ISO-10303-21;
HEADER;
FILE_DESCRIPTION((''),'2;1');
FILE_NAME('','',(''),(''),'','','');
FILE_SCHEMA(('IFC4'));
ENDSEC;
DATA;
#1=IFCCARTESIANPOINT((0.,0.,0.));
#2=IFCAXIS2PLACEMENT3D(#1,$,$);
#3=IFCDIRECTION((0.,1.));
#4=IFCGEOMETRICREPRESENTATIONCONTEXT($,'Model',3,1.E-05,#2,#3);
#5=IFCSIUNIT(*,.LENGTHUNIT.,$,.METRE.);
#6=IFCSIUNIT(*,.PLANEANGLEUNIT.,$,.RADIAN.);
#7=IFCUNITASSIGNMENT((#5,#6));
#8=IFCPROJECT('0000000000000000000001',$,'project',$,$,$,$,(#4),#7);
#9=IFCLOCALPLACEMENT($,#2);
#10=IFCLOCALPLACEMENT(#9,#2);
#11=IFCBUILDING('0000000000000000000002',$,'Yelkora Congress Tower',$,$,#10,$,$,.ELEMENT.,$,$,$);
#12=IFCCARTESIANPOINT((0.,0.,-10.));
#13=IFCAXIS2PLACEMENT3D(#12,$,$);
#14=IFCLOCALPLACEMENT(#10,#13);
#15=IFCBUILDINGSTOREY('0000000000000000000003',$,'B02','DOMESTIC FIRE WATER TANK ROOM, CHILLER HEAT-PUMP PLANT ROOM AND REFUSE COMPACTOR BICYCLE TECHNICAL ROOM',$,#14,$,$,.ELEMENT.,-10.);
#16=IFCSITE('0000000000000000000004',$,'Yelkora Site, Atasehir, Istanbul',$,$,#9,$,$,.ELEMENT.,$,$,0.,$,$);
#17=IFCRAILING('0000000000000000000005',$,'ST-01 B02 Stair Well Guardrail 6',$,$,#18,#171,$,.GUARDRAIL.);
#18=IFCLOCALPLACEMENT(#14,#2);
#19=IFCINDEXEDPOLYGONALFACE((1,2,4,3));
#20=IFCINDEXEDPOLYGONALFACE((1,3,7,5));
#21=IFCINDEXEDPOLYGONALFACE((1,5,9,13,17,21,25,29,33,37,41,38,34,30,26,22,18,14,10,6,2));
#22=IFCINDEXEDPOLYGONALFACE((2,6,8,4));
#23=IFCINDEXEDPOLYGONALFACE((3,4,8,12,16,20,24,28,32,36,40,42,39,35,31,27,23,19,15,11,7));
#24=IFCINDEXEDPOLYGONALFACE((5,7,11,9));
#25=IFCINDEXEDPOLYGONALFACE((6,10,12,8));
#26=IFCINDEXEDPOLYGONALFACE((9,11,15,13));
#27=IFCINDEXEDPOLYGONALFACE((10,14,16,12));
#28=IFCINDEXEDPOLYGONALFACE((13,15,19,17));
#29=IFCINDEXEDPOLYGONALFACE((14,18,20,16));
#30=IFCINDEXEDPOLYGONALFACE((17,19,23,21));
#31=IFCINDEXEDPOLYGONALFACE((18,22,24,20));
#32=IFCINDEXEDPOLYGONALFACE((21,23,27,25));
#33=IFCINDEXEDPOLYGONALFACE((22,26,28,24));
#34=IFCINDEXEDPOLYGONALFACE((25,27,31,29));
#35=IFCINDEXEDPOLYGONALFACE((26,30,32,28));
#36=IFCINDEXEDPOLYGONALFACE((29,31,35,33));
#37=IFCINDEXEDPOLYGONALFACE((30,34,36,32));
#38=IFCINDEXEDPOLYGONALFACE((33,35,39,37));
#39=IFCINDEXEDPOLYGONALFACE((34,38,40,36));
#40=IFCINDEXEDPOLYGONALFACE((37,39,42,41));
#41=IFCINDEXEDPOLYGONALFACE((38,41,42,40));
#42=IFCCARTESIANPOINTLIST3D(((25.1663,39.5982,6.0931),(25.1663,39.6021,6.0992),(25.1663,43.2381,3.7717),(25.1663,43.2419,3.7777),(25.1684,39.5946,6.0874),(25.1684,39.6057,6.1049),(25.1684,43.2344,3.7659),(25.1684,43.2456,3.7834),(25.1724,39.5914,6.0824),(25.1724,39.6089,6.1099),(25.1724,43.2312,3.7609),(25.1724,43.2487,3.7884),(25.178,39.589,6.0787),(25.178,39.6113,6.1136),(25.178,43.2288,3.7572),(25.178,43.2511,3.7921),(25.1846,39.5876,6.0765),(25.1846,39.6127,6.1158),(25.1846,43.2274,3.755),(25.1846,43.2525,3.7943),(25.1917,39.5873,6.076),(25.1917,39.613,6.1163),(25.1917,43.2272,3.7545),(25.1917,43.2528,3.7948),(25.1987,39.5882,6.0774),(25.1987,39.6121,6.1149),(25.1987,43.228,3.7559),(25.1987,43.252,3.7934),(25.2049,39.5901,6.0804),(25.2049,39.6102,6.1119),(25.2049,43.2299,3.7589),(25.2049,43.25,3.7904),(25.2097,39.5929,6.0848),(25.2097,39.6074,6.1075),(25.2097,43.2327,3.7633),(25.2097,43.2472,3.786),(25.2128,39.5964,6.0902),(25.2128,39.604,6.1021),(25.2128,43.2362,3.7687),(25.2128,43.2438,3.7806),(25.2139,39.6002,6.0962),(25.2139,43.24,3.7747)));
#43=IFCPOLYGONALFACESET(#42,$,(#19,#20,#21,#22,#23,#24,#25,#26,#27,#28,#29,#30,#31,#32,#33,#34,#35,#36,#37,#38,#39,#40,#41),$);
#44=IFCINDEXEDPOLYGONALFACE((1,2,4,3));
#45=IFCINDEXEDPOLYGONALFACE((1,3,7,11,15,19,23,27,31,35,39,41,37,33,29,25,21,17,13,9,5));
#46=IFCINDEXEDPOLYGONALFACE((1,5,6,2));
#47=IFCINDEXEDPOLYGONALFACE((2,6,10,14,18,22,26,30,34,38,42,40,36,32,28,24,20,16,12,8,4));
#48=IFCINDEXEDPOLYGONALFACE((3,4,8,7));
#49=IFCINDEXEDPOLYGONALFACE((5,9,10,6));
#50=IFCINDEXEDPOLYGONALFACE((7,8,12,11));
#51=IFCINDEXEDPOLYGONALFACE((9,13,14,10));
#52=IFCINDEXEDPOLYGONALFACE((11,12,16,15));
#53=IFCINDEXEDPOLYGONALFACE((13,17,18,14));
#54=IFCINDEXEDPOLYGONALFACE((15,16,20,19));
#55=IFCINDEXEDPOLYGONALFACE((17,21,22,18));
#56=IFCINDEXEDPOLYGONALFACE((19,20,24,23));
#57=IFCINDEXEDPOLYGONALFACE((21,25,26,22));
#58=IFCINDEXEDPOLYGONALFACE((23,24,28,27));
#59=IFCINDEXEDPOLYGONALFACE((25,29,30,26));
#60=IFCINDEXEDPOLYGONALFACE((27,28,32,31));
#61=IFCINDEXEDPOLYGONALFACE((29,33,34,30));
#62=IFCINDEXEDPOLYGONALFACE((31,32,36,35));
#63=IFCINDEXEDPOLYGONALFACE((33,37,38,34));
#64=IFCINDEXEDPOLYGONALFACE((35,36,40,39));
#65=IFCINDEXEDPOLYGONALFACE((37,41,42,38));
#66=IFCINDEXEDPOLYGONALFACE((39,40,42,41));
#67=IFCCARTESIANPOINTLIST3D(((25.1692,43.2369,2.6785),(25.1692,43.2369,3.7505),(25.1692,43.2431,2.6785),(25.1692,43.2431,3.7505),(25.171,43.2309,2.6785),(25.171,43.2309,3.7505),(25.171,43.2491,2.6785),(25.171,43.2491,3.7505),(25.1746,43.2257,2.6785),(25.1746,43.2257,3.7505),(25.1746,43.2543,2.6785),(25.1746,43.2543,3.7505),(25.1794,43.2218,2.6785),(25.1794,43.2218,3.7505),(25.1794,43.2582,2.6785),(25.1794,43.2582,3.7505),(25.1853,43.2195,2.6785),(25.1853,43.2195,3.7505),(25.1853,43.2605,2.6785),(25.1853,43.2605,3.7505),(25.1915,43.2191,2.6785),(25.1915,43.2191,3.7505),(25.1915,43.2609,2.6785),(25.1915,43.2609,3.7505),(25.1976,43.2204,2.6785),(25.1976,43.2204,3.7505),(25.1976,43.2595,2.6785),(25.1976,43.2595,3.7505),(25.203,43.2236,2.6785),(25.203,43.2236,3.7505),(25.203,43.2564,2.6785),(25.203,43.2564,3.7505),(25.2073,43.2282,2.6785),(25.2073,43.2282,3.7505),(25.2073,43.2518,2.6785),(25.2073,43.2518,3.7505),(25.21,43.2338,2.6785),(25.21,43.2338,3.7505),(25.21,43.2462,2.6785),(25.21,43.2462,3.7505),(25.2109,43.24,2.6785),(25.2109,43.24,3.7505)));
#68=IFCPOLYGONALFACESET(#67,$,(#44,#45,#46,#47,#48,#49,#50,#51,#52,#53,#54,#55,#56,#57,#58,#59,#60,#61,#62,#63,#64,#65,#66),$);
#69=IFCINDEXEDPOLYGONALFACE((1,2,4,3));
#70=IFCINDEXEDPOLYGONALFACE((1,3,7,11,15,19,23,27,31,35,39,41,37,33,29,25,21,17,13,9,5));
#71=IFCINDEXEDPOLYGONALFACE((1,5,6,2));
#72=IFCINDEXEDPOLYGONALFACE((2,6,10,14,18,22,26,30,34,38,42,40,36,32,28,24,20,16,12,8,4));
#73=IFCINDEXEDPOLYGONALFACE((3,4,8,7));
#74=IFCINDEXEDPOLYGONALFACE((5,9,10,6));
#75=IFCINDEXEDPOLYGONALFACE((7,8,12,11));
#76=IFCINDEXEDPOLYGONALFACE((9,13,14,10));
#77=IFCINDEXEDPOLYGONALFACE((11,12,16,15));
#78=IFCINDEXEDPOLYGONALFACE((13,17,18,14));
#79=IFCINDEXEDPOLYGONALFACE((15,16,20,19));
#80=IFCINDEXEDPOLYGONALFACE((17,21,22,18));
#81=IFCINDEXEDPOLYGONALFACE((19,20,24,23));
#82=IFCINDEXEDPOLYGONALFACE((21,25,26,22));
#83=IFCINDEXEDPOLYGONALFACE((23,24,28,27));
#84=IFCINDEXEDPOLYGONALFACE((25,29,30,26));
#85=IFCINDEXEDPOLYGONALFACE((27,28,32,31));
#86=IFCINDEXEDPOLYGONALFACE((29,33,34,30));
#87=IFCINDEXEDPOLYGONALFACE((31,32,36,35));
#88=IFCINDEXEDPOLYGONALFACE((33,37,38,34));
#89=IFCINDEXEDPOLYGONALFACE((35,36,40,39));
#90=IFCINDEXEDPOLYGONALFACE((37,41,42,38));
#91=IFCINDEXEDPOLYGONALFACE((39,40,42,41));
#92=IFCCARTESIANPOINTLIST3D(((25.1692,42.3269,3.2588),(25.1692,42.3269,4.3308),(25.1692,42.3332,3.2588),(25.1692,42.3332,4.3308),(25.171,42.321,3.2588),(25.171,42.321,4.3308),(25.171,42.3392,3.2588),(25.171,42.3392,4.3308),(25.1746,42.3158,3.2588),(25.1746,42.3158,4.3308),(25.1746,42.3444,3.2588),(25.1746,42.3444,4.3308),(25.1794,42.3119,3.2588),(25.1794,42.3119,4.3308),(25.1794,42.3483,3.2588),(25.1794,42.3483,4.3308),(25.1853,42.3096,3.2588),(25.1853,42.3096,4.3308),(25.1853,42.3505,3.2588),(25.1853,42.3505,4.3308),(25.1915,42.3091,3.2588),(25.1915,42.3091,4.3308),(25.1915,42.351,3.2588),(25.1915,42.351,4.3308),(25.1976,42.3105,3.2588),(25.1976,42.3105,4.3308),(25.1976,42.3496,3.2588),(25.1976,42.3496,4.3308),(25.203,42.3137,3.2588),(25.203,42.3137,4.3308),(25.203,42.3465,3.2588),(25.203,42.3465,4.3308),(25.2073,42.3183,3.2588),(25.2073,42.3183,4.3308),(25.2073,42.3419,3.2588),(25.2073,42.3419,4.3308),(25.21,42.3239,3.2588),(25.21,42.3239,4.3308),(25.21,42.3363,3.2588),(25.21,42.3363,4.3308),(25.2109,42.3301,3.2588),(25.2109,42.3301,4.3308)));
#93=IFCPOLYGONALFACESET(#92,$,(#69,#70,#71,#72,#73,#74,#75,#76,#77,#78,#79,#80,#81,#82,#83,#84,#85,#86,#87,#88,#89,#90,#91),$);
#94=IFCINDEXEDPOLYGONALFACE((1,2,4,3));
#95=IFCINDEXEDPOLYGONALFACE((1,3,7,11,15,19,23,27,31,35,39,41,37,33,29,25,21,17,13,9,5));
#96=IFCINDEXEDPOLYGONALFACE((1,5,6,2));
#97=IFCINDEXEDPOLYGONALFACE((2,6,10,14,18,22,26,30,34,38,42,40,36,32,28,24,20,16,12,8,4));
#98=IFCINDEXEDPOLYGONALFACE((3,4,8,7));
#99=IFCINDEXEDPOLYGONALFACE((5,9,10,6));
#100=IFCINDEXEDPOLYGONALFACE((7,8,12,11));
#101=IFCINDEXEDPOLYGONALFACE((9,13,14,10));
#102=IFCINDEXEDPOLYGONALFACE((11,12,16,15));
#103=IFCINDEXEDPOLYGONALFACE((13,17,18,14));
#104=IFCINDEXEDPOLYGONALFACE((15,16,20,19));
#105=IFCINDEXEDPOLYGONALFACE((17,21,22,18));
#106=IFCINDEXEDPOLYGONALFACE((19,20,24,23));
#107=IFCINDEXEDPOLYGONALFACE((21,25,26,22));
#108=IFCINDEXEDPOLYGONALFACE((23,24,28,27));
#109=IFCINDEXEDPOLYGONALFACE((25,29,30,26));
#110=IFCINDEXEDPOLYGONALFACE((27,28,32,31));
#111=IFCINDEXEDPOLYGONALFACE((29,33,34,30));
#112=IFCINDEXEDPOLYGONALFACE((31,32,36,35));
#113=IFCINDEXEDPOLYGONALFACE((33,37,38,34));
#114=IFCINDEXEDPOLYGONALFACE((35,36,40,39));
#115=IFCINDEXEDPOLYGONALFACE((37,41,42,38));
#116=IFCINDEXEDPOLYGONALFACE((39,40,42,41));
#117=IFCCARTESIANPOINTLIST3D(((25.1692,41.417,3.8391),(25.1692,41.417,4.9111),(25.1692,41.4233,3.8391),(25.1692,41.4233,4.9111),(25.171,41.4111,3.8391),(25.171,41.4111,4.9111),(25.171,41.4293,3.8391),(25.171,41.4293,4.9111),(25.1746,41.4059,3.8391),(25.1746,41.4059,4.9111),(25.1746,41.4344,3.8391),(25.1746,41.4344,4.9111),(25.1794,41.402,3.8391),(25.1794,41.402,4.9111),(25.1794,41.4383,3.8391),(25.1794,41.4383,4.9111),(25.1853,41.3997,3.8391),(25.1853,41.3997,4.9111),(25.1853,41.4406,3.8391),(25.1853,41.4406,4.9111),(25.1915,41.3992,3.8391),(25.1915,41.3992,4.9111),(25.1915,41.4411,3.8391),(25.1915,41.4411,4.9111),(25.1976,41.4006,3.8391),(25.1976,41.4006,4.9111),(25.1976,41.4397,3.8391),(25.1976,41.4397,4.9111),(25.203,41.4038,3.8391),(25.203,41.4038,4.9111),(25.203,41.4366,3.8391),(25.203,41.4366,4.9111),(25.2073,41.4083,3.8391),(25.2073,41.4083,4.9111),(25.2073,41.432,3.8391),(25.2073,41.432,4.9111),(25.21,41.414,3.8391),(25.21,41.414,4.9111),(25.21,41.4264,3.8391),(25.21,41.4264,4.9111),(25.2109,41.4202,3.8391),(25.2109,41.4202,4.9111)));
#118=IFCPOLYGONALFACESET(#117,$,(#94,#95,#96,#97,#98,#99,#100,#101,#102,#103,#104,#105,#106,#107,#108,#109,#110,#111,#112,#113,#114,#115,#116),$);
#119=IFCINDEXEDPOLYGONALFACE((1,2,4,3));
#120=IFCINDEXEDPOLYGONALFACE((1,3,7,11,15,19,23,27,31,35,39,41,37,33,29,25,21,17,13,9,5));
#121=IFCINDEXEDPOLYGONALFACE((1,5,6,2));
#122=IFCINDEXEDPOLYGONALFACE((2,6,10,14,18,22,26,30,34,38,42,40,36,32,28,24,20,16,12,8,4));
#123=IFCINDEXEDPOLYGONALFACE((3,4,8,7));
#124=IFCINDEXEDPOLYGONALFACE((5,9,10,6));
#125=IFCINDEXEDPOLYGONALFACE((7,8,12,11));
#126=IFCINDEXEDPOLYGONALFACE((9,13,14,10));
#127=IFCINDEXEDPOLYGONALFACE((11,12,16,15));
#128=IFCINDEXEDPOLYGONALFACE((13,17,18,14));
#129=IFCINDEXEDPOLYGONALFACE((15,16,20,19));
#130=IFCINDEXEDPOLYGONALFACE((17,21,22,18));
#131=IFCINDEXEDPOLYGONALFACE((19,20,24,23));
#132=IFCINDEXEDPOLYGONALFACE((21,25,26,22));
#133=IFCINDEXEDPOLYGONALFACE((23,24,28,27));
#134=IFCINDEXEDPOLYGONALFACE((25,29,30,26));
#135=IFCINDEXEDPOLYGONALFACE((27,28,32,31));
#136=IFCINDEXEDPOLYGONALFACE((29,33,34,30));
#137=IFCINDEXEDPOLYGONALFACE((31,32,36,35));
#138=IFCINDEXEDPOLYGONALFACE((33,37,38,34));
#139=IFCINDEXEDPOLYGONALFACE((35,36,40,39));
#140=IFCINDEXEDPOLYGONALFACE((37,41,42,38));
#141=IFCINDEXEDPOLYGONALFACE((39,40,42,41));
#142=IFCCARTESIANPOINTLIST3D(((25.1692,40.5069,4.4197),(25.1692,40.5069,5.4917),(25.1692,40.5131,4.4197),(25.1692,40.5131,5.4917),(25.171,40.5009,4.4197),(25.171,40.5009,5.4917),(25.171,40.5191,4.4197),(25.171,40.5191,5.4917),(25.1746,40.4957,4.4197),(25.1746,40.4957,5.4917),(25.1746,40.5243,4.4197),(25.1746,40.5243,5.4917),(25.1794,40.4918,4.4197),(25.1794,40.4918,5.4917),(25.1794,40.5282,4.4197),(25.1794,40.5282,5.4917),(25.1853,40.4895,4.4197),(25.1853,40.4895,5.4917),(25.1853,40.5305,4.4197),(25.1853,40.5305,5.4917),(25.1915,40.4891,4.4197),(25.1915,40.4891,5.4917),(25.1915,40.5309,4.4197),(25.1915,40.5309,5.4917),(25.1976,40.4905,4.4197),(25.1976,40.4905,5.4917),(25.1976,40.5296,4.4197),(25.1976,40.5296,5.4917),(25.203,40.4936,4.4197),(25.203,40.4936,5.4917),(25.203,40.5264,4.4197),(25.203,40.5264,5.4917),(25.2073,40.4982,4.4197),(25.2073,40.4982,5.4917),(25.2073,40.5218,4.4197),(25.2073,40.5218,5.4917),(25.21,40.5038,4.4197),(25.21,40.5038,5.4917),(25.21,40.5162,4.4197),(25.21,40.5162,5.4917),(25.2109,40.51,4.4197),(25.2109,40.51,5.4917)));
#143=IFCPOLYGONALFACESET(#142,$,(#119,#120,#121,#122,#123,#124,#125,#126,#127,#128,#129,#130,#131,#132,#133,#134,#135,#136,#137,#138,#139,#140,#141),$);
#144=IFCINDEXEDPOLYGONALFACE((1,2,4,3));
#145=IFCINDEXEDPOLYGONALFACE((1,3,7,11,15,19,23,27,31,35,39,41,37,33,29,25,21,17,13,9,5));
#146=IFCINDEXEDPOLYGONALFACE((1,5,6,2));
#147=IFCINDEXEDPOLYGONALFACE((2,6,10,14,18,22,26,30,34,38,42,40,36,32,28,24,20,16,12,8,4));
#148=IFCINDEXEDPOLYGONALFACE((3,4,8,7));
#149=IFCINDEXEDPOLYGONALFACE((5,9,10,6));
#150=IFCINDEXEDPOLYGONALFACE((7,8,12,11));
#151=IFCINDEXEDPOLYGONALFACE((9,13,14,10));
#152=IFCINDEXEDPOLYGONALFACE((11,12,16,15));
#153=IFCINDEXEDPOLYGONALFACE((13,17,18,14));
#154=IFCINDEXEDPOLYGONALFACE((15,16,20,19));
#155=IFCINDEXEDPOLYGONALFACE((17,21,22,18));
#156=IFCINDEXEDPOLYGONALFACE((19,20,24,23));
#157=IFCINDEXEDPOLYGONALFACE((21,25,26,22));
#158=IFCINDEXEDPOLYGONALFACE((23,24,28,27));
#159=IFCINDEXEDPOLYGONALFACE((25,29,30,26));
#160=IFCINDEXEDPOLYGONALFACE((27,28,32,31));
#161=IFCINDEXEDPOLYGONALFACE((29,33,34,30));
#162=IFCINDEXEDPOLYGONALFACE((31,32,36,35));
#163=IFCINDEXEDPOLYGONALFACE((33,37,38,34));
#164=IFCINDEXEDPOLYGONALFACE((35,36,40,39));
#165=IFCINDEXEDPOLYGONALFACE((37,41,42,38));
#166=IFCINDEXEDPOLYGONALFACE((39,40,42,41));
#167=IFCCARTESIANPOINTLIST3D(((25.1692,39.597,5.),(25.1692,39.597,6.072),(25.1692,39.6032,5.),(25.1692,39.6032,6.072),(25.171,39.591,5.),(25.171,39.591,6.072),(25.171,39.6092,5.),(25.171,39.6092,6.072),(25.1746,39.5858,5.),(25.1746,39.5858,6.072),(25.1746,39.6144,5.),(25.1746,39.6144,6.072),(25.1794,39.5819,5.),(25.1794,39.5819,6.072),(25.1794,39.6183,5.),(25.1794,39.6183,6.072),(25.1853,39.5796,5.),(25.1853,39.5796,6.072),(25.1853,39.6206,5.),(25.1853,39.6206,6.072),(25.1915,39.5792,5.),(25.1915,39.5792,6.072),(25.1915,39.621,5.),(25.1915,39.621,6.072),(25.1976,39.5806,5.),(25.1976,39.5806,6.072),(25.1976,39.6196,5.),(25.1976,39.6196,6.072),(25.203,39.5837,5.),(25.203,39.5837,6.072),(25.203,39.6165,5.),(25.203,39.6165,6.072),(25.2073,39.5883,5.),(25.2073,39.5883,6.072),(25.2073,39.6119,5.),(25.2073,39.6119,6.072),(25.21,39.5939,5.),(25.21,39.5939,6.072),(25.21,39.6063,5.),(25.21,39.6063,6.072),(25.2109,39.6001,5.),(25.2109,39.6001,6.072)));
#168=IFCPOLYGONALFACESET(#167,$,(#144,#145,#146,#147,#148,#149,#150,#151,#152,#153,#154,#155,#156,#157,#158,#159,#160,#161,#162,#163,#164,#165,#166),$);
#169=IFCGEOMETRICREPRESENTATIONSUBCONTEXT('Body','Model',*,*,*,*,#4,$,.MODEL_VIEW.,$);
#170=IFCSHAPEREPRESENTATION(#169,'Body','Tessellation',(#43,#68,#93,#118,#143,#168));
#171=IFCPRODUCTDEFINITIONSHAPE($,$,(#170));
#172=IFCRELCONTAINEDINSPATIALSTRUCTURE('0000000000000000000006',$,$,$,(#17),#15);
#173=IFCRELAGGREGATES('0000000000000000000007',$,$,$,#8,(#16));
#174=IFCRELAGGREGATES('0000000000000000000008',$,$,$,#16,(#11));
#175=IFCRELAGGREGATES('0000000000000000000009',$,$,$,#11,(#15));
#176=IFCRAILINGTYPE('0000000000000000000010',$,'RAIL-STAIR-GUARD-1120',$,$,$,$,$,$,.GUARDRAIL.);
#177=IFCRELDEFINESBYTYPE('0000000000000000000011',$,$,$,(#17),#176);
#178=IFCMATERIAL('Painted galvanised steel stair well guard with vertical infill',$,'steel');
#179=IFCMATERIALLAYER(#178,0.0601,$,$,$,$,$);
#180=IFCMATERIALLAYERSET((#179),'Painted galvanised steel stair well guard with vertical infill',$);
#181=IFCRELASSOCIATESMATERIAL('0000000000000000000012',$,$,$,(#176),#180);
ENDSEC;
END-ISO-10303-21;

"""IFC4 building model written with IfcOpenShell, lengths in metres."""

from ifc_helpers import new_model, si_unit, direction, frame, origin, origin_2d, place, context, subcontext, project, spatial, circle, extrude, material, layer, layer_set, type_object, element, save


model = new_model("IFC4")

# Units and contexts
model_context = context("Model", 3, precision=1e-05, world=origin(), true_north=direction((0.0, 1.0)))
body_context = subcontext(model_context, "Body", "Model", "MODEL_VIEW")
ifc_project = project(units=[si_unit("LENGTHUNIT", "METRE"), si_unit("PLANEANGLEUNIT", "RADIAN")], contexts=[model_context])

# Site, building, storey
site_placement = place(None, origin())
site = spatial("IfcSite", under=ifc_project, at=site_placement, Name="Yelkora Site, Atasehir, Istanbul", CompositionType="ELEMENT", RefElevation=0.0)
building_placement = place(site_placement, origin())
building = spatial("IfcBuilding", under=site, at=building_placement, Name="Yelkora Congress Tower", CompositionType="ELEMENT")
storey_placement = place(building_placement, frame((0.0, 0.0, -10.0)))
storey = spatial("IfcBuildingStorey", under=building, at=storey_placement, Name="B02", Description="DOMESTIC FIRE WATER TANK ROOM, CHILLER HEAT-PUMP PLANT ROOM AND REFUSE COMPACTOR BICYCLE TECHNICAL ROOM", CompositionType="ELEMENT", Elevation=-10.0)

# Railing
ifc_material_1 = material(Name="Painted galvanised steel stair well guard with vertical infill", Category="steel")
ifc_layer_1 = layer(ifc_material_1, 0.0601)
ifc_layer_set_1 = layer_set([ifc_layer_1], Name="Painted galvanised steel stair well guard with vertical infill")
railing_type_1 = type_object("IfcRailingType", Name="RAIL-STAIR-GUARD-1120", PredefinedType="GUARDRAIL", material=ifc_layer_set_1)
railing_1_placement = place(storey_placement, frame((25.1899, 43.24, 2.6785)))
element("IfcRailing", 1, at=railing_1_placement, inside=storey, type_object=railing_type_1, Name="ST-01 B02 Stair Well Guardrail 6", PredefinedType="GUARDRAIL", context=body_context, shape_type="SweptSolid", body=[
    extrude(circle(Radius=0.0239, at=origin_2d()), frame((0.0, 0.0, 1.0962), z_axis=(0.0, -0.843112, 0.537739), x_axis=(1.0, 0.0, 0.0)), (0.0, 0.0, 1.0), 4.3171),
    extrude(circle(Radius=0.021, at=origin_2d()), origin(), (0.0, 0.0, 1.0), 1.072),
    extrude(circle(Radius=0.021, at=origin_2d()), frame((0.0, -0.9099, 0.5803)), (0.0, 0.0, 1.0), 1.072),
    extrude(circle(Radius=0.021, at=origin_2d()), frame((0.0, -1.8198, 1.1606)), (0.0, 0.0, 1.0), 1.072),
    extrude(circle(Radius=0.021, at=origin_2d()), frame((0.0, -2.73, 1.7412)), (0.0, 0.0, 1.0), 1.072),
    extrude(circle(Radius=0.021, at=origin_2d()), frame((0.0, -3.6399, 2.3215)), (0.0, 0.0, 1.0), 1.072),
])

save(model, "model.ifc")
